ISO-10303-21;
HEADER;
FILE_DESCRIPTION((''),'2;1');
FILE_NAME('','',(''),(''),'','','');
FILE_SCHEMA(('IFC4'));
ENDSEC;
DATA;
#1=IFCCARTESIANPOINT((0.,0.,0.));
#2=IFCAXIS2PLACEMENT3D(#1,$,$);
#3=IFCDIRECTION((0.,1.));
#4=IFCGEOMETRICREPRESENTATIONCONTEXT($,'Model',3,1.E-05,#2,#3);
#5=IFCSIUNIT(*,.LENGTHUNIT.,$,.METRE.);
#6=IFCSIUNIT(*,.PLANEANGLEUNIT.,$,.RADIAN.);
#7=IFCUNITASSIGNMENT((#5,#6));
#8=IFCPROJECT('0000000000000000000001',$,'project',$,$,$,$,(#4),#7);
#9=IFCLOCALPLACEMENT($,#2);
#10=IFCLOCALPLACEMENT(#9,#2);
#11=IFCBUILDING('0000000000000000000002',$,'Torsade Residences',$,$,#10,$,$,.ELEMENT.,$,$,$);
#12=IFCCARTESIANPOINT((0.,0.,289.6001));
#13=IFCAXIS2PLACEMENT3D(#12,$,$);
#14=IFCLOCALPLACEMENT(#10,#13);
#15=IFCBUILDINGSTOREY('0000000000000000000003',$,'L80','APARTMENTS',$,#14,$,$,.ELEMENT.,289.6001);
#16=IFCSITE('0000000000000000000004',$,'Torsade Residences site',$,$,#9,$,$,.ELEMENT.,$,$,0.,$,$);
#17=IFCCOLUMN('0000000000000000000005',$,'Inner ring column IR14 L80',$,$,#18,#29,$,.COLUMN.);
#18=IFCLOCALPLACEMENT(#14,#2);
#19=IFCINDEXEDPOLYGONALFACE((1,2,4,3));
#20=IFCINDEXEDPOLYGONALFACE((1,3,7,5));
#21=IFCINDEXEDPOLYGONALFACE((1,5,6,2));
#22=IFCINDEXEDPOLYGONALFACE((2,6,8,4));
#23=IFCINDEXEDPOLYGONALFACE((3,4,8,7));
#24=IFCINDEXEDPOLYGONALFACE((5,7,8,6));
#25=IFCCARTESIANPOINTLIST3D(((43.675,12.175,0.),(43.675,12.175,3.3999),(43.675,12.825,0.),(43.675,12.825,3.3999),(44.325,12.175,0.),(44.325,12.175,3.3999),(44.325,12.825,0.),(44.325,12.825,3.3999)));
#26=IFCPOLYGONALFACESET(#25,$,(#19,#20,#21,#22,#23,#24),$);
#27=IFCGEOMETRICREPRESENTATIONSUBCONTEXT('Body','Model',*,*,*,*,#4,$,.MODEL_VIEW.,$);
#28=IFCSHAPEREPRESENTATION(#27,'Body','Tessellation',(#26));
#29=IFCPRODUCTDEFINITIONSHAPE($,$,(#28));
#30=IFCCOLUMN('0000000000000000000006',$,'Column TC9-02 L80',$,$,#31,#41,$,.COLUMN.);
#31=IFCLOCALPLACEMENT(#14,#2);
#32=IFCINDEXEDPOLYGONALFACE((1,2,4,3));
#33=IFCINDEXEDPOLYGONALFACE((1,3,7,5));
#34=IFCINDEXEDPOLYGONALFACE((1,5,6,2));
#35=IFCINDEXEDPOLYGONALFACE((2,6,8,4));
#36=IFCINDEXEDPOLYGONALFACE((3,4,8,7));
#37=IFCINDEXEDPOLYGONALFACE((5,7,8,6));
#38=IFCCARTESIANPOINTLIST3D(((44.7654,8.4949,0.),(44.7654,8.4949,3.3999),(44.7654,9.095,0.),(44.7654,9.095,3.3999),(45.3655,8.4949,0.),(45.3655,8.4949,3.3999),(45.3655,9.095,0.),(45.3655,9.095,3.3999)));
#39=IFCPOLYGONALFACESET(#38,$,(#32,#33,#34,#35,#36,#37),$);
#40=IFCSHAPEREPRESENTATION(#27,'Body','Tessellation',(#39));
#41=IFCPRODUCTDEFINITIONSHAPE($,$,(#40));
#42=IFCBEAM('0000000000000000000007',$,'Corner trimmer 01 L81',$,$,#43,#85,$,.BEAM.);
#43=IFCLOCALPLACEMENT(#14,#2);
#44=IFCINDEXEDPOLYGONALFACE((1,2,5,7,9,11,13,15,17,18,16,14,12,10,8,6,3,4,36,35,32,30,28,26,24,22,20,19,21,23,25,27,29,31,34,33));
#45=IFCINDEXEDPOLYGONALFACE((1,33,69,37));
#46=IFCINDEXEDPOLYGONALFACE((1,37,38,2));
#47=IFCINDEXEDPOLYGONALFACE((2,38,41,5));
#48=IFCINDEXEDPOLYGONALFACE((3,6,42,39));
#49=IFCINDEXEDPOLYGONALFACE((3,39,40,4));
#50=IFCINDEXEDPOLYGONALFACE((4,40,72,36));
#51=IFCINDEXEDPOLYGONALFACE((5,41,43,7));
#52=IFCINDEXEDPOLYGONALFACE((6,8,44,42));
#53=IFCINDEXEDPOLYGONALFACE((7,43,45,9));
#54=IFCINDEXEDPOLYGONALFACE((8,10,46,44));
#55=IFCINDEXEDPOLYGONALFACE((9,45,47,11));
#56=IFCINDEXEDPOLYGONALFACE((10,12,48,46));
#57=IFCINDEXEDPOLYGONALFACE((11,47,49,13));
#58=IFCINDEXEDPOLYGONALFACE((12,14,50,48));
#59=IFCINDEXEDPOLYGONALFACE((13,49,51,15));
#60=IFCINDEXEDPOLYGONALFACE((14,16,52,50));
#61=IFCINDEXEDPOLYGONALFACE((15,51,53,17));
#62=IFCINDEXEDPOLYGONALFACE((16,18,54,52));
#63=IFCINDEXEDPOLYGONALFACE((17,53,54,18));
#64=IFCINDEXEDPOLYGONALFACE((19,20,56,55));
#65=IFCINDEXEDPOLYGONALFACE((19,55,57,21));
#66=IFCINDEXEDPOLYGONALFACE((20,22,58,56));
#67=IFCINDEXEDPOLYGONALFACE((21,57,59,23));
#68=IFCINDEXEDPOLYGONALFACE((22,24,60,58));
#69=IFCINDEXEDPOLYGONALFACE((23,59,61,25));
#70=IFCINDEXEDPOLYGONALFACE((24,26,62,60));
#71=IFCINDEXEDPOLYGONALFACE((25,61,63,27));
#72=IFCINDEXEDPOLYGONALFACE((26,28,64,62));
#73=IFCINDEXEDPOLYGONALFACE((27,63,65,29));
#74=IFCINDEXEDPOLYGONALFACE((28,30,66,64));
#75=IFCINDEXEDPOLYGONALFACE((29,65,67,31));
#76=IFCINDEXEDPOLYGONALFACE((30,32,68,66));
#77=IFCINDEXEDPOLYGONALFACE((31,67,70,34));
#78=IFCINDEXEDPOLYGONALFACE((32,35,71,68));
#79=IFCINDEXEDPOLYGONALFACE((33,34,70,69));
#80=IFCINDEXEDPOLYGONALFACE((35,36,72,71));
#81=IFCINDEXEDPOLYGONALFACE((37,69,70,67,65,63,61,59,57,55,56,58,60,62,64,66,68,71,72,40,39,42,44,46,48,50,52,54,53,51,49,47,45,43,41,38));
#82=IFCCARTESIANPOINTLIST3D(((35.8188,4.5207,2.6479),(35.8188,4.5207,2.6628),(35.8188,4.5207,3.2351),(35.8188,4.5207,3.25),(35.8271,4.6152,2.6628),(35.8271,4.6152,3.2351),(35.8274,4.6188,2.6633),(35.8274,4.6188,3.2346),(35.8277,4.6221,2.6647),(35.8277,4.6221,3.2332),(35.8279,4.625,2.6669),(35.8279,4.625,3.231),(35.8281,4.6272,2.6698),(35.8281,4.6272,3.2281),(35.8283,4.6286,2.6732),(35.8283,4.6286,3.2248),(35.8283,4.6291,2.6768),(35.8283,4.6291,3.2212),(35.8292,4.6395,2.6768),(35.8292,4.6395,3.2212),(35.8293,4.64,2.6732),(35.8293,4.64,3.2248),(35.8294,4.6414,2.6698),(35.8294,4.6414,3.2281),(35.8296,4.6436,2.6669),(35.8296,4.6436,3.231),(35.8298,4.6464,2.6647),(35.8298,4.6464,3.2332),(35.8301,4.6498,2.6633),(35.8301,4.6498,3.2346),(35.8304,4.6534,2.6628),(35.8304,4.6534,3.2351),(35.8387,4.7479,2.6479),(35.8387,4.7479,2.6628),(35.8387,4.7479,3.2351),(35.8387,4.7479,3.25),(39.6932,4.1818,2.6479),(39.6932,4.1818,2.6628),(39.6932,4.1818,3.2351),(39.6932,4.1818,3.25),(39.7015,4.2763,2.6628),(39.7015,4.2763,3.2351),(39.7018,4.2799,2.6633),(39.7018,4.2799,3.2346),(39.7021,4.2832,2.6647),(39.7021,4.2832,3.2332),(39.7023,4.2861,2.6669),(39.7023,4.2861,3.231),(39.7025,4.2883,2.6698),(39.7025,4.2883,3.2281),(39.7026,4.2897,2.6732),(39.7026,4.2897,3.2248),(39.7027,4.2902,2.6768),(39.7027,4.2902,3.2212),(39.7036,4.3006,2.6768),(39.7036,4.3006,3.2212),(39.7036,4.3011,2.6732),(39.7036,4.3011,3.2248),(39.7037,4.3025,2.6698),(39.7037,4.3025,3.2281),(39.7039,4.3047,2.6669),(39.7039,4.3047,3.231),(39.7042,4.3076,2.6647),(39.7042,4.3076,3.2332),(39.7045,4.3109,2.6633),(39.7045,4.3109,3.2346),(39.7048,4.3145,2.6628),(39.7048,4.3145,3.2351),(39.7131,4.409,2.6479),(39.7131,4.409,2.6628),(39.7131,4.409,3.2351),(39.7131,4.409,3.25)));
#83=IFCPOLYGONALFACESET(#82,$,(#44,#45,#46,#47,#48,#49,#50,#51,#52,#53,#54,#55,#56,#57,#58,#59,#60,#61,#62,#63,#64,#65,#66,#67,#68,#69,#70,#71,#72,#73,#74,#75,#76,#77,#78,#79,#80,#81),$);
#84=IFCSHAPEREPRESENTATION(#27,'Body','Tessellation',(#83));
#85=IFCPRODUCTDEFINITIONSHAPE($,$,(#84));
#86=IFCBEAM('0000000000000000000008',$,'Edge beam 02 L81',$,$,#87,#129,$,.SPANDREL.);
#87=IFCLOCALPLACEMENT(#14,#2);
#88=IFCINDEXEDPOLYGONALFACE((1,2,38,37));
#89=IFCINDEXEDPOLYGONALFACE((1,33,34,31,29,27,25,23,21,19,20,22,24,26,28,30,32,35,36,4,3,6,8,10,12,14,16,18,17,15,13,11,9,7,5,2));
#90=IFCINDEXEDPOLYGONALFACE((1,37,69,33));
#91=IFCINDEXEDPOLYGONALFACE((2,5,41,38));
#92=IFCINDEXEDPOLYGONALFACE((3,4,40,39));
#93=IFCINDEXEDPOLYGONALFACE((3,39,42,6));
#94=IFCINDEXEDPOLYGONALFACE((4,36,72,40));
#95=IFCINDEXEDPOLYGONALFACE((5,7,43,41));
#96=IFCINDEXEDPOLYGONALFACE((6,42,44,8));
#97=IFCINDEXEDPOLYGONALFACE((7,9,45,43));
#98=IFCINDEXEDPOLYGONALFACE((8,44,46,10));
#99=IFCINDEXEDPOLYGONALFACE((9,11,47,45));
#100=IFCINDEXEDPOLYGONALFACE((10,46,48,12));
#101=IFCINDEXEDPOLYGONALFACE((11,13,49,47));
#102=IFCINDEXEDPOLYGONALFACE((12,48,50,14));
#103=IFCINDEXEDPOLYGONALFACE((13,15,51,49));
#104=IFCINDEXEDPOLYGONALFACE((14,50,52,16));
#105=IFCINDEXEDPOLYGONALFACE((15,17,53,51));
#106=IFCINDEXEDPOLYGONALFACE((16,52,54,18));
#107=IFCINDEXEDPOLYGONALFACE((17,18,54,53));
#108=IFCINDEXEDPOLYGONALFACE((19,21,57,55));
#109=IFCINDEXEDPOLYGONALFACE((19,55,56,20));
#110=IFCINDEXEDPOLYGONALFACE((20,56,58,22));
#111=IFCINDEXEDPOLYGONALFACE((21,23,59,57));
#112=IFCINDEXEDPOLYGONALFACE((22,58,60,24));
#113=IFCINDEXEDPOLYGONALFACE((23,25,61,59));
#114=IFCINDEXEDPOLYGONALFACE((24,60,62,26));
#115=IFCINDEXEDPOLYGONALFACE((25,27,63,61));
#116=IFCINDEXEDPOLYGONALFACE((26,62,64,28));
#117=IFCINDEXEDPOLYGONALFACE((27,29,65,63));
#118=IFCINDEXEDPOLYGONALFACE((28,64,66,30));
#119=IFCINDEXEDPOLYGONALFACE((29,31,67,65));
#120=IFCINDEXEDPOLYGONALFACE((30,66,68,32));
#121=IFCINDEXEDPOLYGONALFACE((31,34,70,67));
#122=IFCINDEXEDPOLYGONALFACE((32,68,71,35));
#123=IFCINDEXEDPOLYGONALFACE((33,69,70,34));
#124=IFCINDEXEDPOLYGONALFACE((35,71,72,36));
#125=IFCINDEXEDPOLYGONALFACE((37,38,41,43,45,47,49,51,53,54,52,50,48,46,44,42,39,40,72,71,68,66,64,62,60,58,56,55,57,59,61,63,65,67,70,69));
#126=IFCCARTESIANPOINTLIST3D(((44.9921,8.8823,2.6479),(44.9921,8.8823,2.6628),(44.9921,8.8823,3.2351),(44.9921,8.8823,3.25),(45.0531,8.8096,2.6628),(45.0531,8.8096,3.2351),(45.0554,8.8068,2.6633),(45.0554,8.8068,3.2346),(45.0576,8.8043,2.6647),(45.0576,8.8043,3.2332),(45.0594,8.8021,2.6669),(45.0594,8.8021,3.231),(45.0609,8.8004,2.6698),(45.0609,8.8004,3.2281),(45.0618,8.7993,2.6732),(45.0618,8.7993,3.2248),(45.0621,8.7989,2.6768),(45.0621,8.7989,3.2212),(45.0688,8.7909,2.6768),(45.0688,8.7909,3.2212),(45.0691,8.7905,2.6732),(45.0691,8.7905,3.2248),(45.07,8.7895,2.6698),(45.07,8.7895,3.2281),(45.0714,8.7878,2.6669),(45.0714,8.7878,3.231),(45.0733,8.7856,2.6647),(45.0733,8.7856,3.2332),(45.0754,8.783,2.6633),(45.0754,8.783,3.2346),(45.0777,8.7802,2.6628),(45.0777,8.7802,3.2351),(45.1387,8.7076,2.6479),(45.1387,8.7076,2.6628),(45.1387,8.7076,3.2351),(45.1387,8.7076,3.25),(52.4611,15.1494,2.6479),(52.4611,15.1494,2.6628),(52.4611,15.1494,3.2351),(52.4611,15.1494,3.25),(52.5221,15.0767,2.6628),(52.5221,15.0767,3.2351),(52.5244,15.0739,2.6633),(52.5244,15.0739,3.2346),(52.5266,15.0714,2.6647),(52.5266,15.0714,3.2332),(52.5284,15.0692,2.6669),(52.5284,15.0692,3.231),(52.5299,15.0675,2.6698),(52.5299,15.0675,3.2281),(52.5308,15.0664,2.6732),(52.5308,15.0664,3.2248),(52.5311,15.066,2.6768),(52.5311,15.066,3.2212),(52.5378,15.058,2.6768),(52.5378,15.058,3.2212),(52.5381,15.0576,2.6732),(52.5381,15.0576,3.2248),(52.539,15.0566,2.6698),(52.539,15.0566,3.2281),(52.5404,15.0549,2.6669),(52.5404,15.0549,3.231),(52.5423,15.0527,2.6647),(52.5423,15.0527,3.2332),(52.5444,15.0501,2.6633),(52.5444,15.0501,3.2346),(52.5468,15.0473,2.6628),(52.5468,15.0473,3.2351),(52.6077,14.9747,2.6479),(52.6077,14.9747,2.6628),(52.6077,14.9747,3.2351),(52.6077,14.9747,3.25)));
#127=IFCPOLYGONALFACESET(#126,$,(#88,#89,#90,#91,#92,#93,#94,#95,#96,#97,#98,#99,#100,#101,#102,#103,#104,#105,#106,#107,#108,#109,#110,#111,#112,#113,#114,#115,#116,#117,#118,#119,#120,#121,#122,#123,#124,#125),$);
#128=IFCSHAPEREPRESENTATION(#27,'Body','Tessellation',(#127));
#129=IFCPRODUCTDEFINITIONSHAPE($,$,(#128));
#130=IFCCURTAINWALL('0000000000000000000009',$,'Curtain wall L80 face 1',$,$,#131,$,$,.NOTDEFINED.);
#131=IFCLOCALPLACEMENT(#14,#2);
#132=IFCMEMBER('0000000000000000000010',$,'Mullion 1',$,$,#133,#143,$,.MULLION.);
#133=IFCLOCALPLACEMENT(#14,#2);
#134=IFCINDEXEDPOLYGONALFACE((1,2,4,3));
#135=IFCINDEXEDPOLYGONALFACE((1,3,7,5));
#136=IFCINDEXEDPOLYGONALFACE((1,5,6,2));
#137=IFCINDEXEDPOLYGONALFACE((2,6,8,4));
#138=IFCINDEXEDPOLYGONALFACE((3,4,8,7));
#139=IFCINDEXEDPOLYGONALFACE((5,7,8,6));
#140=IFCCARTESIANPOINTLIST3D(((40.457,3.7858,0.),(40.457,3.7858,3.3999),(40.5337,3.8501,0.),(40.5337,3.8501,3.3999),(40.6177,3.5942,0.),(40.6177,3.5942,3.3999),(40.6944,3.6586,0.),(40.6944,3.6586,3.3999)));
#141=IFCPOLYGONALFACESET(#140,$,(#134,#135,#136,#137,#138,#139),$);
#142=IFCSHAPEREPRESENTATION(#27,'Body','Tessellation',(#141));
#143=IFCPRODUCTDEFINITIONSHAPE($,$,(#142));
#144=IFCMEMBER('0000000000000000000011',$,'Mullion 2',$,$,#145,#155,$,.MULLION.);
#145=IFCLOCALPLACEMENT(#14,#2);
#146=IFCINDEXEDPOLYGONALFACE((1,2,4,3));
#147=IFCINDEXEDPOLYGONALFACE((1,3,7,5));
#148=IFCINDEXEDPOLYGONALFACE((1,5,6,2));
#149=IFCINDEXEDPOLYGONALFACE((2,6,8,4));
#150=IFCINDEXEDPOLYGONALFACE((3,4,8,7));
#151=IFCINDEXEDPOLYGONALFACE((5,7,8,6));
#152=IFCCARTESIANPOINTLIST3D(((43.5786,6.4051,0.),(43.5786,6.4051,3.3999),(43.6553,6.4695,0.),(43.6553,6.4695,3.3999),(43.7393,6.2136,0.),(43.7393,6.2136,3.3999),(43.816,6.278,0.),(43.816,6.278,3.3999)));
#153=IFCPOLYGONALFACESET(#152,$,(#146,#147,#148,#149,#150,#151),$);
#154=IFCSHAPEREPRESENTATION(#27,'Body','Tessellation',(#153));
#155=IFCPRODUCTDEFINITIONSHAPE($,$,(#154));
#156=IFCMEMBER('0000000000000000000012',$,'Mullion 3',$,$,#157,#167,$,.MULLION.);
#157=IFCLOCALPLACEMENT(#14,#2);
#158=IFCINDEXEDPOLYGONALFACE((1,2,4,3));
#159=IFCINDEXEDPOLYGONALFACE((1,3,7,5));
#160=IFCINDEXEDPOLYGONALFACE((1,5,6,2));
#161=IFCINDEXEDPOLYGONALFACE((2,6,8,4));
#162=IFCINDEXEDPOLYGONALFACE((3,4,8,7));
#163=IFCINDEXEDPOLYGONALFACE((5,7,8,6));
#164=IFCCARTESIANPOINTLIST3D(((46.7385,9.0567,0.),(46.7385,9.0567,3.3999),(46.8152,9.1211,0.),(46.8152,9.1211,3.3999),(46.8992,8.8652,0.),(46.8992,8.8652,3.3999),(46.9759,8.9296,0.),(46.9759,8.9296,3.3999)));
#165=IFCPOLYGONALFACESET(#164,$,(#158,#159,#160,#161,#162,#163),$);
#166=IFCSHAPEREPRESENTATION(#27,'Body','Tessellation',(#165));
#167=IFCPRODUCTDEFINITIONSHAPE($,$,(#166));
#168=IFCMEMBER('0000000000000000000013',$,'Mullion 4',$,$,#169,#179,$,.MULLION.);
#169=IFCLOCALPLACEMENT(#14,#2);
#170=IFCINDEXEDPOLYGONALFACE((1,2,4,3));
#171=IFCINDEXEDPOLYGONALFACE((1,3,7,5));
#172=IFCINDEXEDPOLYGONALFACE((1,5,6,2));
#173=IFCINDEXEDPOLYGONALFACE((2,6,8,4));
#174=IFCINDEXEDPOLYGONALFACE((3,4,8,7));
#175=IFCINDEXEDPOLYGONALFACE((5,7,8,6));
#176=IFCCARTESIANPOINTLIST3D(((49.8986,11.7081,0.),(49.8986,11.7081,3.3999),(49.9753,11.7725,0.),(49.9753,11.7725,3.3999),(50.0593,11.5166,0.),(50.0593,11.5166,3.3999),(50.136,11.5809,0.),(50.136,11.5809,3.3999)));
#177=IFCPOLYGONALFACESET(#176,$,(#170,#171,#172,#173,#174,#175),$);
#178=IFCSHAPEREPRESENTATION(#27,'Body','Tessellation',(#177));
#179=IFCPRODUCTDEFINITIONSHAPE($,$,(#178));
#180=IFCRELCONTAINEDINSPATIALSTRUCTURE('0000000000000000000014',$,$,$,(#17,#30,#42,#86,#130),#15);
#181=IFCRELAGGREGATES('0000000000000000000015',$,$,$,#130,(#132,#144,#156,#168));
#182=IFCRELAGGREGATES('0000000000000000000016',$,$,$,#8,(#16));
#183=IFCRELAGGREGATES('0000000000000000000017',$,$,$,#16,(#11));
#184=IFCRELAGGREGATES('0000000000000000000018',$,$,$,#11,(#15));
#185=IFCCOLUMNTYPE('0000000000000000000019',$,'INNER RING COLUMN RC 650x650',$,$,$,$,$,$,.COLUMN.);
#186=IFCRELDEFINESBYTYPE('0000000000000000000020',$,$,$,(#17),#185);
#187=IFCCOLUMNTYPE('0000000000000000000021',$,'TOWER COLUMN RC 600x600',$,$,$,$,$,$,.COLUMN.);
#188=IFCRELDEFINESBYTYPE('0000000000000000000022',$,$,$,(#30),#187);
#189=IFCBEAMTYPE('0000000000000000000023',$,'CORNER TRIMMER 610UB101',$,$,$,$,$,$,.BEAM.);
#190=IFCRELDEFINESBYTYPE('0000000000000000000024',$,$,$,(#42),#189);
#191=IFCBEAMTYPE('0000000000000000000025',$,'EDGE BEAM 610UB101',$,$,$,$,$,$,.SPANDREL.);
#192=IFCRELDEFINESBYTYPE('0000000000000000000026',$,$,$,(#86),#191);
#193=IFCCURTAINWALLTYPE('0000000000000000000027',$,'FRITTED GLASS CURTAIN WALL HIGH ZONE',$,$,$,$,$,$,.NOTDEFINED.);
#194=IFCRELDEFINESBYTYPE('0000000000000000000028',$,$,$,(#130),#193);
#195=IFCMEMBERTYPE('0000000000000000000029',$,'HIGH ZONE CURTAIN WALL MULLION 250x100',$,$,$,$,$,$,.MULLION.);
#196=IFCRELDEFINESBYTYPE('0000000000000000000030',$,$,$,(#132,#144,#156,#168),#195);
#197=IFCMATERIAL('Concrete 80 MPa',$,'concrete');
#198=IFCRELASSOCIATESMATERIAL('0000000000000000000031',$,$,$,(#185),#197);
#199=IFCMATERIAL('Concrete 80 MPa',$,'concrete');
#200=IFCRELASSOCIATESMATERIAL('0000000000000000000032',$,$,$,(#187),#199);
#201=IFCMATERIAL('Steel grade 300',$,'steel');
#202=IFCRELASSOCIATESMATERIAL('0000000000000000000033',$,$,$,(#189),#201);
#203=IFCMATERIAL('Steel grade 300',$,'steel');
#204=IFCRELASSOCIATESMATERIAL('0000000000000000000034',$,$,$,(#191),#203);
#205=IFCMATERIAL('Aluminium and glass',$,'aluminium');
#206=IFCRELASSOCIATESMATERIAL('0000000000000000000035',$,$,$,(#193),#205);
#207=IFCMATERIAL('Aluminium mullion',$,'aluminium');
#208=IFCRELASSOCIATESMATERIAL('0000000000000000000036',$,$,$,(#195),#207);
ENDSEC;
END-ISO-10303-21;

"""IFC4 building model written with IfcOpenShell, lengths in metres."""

from ifc_helpers import new_model, si_unit, direction, frame, origin, origin_2d, place, context, subcontext, project, spatial, rectangle, i_section, extrude, material, material_profile, profile_set, type_object, element, aggregate, save


model = new_model("IFC4")

# Units and contexts
model_context = context("Model", 3, precision=1e-05, world=origin(), true_north=direction((0.0, 1.0)))
body_context = subcontext(model_context, "Body", "Model", "MODEL_VIEW")
ifc_project = project(units=[si_unit("LENGTHUNIT", "METRE"), si_unit("PLANEANGLEUNIT", "RADIAN")], contexts=[model_context])

# Site, building, storey
site_placement = place(None, origin())
site = spatial("IfcSite", under=ifc_project, at=site_placement, Name="Torsade Residences site", CompositionType="ELEMENT", RefElevation=0.0)
building_placement = place(site_placement, origin())
building = spatial("IfcBuilding", under=site, at=building_placement, Name="Torsade Residences", CompositionType="ELEMENT")
storey_placement = place(building_placement, frame((0.0, 0.0, 289.6001)))
storey = spatial("IfcBuildingStorey", under=building, at=storey_placement, Name="L80", Description="APARTMENTS", CompositionType="ELEMENT", Elevation=289.6001)

# Columns
ifc_material_1 = material(Name="Concrete 80 MPa", Category="concrete")
ifc_material_profile_1 = material_profile(ifc_material_1, rectangle(XDim=0.6499, YDim=0.6499, at=origin_2d()), Name="RC 650x650")
ifc_profile_set_1 = profile_set([ifc_material_profile_1], Name="Concrete 80 MPa")
column_type_1 = type_object("IfcColumnType", Name="INNER RING COLUMN RC 650x650", PredefinedType="COLUMN", material=ifc_profile_set_1)
column_1_placement = place(storey_placement, frame((44.0, 12.5, 0.0), z_axis=(0.0, 0.0, 1.0), x_axis=(1.0, 0.0, 0.0)))
element("IfcColumn", 1, at=column_1_placement, inside=storey, type_object=column_type_1, Name="Inner ring column IR14 L80", PredefinedType="COLUMN", context=body_context, shape_type="SweptSolid", body=[
    extrude(rectangle(XDim=0.6499, YDim=0.6499, at=origin_2d()), origin(), (0.0, 0.0, 1.0), 3.3999),
])
ifc_material_2 = material(Name="Concrete 80 MPa", Category="concrete")
ifc_material_profile_2 = material_profile(ifc_material_2, rectangle(XDim=0.6001, YDim=0.6001, at=origin_2d()), Name="RC 600x600")
ifc_profile_set_2 = profile_set([ifc_material_profile_2], Name="Concrete 80 MPa")
column_type_2 = type_object("IfcColumnType", Name="TOWER COLUMN RC 600x600", PredefinedType="COLUMN", material=ifc_profile_set_2)
column_2_placement = place(storey_placement, frame((45.0654, 8.7949, 0.0), z_axis=(0.0, 0.0, 1.0), x_axis=(1.0, 0.0, 0.0)))
element("IfcColumn", 2, at=column_2_placement, inside=storey, type_object=column_type_2, Name="Column TC9-02 L80", PredefinedType="COLUMN", context=body_context, shape_type="SweptSolid", body=[
    extrude(rectangle(XDim=0.6001, YDim=0.6001, at=origin_2d()), origin(), (0.0, 0.0, 1.0), 3.3999),
])

# Beams
ifc_material_3 = material(Name="Steel grade 300", Category="steel")
ifc_material_profile_3 = material_profile(ifc_material_3, i_section(OverallWidth=0.228, OverallDepth=0.6021, WebThickness=0.0105, FlangeThickness=0.0149, FilletRadius=0.0139, at=origin_2d()), Name="610UB101")
ifc_profile_set_3 = profile_set([ifc_material_profile_3], Name="Steel grade 300")
beam_type_1 = type_object("IfcBeamType", Name="CORNER TRIMMER 610UB101", PredefinedType="BEAM", material=ifc_profile_set_3)
beam_1_placement = place(storey_placement, frame((39.7031, 4.2954, 2.949), z_axis=(-0.996197, 0.087133, 0.0), x_axis=(-0.087133, -0.996197, 0.0)))
element("IfcBeam", 3, at=beam_1_placement, inside=storey, type_object=beam_type_1, Name="Corner trimmer 01 L81", PredefinedType="BEAM", context=body_context, shape_type="SweptSolid", body=[
    extrude(i_section(OverallWidth=0.228, OverallDepth=0.6021, WebThickness=0.0105, FlangeThickness=0.0149, FilletRadius=0.0139, at=origin_2d()), origin(), (0.0, 0.0, 1.0), 3.8892),
])
ifc_material_4 = material(Name="Steel grade 300", Category="steel")
ifc_material_profile_4 = material_profile(ifc_material_4, i_section(OverallWidth=0.228, OverallDepth=0.6021, WebThickness=0.0105, FlangeThickness=0.0149, FilletRadius=0.0139, at=origin_2d()), Name="610UB101")
ifc_profile_set_4 = profile_set([ifc_material_profile_4], Name="Steel grade 300")
beam_type_2 = type_object("IfcBeamType", Name="EDGE BEAM 610UB101", PredefinedType="SPANDREL", material=ifc_profile_set_4)
beam_2_placement = place(storey_placement, frame((45.0654, 8.7949, 2.949), z_axis=(0.766052, 0.642779, 0.0), x_axis=(-0.642779, 0.766052, 0.0)))
element("IfcBeam", 4, at=beam_2_placement, inside=storey, type_object=beam_type_2, Name="Edge beam 02 L81", PredefinedType="SPANDREL", context=body_context, shape_type="SweptSolid", body=[
    extrude(i_section(OverallWidth=0.228, OverallDepth=0.6021, WebThickness=0.0105, FlangeThickness=0.0149, FilletRadius=0.0139, at=origin_2d()), origin(), (0.0, 0.0, 1.0), 9.75),
])

# Curtain wall, members
ifc_material_5 = material(Name="Aluminium and glass", Category="aluminium")
curtain_wall_type = type_object("IfcCurtainWallType", Name="FRITTED GLASS CURTAIN WALL HIGH ZONE", PredefinedType="NOTDEFINED", material=ifc_material_5)
curtain_wall_placement = place(storey_placement, origin())
curtain_wall = element("IfcCurtainWall", 5, at=curtain_wall_placement, inside=storey, type_object=curtain_wall_type, Name="Curtain wall L80 face 1", PredefinedType="NOTDEFINED")
ifc_material_6 = material(Name="Aluminium mullion", Category="aluminium")
ifc_material_profile_5 = material_profile(ifc_material_6, rectangle(XDim=0.25, YDim=0.1001, at=origin_2d()), Name="HIGH ZONE CURTAIN WALL MULLION 250x100")
ifc_profile_set_5 = profile_set([ifc_material_profile_5], Name="Aluminium mullion")
member_type_1 = type_object("IfcMemberType", Name="HIGH ZONE CURTAIN WALL MULLION 250x100", PredefinedType="MULLION", material=ifc_profile_set_5)
member_1_placement = place(storey_placement, frame((40.5757, 3.7222, 0.0), z_axis=(0.0, 0.0, 1.0), x_axis=(-0.642788, 0.766044, 0.0)))
member_1 = element("IfcMember", 6, at=member_1_placement, type_object=member_type_1, Name="Mullion 1", PredefinedType="MULLION", context=body_context, shape_type="SweptSolid", body=[
    extrude(rectangle(XDim=0.25, YDim=0.1001, at=origin_2d()), origin(), (0.0, 0.0, 1.0), 3.3999),
])
member_2_placement = place(storey_placement, frame((43.6973, 6.3416, 0.0), z_axis=(0.0, 0.0, 1.0), x_axis=(-0.642788, 0.766044, 0.0)))
member_2 = element("IfcMember", 7, at=member_2_placement, type_object=member_type_1, Name="Mullion 2", PredefinedType="MULLION", context=body_context, shape_type="SweptSolid", body=[
    extrude(rectangle(XDim=0.25, YDim=0.1001, at=origin_2d()), origin(), (0.0, 0.0, 1.0), 3.3999),
])
member_3_placement = place(storey_placement, frame((46.8572, 8.9932, 0.0), z_axis=(0.0, 0.0, 1.0), x_axis=(-0.642788, 0.766044, 0.0)))
member_3 = element("IfcMember", 8, at=member_3_placement, type_object=member_type_1, Name="Mullion 3", PredefinedType="MULLION", context=body_context, shape_type="SweptSolid", body=[
    extrude(rectangle(XDim=0.25, YDim=0.1001, at=origin_2d()), origin(), (0.0, 0.0, 1.0), 3.3999),
])
member_4_placement = place(storey_placement, frame((50.0173, 11.6445, 0.0), z_axis=(0.0, 0.0, 1.0), x_axis=(-0.642788, 0.766044, 0.0)))
member_4 = element("IfcMember", 9, at=member_4_placement, type_object=member_type_1, Name="Mullion 4", PredefinedType="MULLION", context=body_context, shape_type="SweptSolid", body=[
    extrude(rectangle(XDim=0.25, YDim=0.1001, at=origin_2d()), origin(), (0.0, 0.0, 1.0), 3.3999),
])

aggregate(curtain_wall, [member_1, member_2, member_3, member_4])

save(model, "model.ifc")
